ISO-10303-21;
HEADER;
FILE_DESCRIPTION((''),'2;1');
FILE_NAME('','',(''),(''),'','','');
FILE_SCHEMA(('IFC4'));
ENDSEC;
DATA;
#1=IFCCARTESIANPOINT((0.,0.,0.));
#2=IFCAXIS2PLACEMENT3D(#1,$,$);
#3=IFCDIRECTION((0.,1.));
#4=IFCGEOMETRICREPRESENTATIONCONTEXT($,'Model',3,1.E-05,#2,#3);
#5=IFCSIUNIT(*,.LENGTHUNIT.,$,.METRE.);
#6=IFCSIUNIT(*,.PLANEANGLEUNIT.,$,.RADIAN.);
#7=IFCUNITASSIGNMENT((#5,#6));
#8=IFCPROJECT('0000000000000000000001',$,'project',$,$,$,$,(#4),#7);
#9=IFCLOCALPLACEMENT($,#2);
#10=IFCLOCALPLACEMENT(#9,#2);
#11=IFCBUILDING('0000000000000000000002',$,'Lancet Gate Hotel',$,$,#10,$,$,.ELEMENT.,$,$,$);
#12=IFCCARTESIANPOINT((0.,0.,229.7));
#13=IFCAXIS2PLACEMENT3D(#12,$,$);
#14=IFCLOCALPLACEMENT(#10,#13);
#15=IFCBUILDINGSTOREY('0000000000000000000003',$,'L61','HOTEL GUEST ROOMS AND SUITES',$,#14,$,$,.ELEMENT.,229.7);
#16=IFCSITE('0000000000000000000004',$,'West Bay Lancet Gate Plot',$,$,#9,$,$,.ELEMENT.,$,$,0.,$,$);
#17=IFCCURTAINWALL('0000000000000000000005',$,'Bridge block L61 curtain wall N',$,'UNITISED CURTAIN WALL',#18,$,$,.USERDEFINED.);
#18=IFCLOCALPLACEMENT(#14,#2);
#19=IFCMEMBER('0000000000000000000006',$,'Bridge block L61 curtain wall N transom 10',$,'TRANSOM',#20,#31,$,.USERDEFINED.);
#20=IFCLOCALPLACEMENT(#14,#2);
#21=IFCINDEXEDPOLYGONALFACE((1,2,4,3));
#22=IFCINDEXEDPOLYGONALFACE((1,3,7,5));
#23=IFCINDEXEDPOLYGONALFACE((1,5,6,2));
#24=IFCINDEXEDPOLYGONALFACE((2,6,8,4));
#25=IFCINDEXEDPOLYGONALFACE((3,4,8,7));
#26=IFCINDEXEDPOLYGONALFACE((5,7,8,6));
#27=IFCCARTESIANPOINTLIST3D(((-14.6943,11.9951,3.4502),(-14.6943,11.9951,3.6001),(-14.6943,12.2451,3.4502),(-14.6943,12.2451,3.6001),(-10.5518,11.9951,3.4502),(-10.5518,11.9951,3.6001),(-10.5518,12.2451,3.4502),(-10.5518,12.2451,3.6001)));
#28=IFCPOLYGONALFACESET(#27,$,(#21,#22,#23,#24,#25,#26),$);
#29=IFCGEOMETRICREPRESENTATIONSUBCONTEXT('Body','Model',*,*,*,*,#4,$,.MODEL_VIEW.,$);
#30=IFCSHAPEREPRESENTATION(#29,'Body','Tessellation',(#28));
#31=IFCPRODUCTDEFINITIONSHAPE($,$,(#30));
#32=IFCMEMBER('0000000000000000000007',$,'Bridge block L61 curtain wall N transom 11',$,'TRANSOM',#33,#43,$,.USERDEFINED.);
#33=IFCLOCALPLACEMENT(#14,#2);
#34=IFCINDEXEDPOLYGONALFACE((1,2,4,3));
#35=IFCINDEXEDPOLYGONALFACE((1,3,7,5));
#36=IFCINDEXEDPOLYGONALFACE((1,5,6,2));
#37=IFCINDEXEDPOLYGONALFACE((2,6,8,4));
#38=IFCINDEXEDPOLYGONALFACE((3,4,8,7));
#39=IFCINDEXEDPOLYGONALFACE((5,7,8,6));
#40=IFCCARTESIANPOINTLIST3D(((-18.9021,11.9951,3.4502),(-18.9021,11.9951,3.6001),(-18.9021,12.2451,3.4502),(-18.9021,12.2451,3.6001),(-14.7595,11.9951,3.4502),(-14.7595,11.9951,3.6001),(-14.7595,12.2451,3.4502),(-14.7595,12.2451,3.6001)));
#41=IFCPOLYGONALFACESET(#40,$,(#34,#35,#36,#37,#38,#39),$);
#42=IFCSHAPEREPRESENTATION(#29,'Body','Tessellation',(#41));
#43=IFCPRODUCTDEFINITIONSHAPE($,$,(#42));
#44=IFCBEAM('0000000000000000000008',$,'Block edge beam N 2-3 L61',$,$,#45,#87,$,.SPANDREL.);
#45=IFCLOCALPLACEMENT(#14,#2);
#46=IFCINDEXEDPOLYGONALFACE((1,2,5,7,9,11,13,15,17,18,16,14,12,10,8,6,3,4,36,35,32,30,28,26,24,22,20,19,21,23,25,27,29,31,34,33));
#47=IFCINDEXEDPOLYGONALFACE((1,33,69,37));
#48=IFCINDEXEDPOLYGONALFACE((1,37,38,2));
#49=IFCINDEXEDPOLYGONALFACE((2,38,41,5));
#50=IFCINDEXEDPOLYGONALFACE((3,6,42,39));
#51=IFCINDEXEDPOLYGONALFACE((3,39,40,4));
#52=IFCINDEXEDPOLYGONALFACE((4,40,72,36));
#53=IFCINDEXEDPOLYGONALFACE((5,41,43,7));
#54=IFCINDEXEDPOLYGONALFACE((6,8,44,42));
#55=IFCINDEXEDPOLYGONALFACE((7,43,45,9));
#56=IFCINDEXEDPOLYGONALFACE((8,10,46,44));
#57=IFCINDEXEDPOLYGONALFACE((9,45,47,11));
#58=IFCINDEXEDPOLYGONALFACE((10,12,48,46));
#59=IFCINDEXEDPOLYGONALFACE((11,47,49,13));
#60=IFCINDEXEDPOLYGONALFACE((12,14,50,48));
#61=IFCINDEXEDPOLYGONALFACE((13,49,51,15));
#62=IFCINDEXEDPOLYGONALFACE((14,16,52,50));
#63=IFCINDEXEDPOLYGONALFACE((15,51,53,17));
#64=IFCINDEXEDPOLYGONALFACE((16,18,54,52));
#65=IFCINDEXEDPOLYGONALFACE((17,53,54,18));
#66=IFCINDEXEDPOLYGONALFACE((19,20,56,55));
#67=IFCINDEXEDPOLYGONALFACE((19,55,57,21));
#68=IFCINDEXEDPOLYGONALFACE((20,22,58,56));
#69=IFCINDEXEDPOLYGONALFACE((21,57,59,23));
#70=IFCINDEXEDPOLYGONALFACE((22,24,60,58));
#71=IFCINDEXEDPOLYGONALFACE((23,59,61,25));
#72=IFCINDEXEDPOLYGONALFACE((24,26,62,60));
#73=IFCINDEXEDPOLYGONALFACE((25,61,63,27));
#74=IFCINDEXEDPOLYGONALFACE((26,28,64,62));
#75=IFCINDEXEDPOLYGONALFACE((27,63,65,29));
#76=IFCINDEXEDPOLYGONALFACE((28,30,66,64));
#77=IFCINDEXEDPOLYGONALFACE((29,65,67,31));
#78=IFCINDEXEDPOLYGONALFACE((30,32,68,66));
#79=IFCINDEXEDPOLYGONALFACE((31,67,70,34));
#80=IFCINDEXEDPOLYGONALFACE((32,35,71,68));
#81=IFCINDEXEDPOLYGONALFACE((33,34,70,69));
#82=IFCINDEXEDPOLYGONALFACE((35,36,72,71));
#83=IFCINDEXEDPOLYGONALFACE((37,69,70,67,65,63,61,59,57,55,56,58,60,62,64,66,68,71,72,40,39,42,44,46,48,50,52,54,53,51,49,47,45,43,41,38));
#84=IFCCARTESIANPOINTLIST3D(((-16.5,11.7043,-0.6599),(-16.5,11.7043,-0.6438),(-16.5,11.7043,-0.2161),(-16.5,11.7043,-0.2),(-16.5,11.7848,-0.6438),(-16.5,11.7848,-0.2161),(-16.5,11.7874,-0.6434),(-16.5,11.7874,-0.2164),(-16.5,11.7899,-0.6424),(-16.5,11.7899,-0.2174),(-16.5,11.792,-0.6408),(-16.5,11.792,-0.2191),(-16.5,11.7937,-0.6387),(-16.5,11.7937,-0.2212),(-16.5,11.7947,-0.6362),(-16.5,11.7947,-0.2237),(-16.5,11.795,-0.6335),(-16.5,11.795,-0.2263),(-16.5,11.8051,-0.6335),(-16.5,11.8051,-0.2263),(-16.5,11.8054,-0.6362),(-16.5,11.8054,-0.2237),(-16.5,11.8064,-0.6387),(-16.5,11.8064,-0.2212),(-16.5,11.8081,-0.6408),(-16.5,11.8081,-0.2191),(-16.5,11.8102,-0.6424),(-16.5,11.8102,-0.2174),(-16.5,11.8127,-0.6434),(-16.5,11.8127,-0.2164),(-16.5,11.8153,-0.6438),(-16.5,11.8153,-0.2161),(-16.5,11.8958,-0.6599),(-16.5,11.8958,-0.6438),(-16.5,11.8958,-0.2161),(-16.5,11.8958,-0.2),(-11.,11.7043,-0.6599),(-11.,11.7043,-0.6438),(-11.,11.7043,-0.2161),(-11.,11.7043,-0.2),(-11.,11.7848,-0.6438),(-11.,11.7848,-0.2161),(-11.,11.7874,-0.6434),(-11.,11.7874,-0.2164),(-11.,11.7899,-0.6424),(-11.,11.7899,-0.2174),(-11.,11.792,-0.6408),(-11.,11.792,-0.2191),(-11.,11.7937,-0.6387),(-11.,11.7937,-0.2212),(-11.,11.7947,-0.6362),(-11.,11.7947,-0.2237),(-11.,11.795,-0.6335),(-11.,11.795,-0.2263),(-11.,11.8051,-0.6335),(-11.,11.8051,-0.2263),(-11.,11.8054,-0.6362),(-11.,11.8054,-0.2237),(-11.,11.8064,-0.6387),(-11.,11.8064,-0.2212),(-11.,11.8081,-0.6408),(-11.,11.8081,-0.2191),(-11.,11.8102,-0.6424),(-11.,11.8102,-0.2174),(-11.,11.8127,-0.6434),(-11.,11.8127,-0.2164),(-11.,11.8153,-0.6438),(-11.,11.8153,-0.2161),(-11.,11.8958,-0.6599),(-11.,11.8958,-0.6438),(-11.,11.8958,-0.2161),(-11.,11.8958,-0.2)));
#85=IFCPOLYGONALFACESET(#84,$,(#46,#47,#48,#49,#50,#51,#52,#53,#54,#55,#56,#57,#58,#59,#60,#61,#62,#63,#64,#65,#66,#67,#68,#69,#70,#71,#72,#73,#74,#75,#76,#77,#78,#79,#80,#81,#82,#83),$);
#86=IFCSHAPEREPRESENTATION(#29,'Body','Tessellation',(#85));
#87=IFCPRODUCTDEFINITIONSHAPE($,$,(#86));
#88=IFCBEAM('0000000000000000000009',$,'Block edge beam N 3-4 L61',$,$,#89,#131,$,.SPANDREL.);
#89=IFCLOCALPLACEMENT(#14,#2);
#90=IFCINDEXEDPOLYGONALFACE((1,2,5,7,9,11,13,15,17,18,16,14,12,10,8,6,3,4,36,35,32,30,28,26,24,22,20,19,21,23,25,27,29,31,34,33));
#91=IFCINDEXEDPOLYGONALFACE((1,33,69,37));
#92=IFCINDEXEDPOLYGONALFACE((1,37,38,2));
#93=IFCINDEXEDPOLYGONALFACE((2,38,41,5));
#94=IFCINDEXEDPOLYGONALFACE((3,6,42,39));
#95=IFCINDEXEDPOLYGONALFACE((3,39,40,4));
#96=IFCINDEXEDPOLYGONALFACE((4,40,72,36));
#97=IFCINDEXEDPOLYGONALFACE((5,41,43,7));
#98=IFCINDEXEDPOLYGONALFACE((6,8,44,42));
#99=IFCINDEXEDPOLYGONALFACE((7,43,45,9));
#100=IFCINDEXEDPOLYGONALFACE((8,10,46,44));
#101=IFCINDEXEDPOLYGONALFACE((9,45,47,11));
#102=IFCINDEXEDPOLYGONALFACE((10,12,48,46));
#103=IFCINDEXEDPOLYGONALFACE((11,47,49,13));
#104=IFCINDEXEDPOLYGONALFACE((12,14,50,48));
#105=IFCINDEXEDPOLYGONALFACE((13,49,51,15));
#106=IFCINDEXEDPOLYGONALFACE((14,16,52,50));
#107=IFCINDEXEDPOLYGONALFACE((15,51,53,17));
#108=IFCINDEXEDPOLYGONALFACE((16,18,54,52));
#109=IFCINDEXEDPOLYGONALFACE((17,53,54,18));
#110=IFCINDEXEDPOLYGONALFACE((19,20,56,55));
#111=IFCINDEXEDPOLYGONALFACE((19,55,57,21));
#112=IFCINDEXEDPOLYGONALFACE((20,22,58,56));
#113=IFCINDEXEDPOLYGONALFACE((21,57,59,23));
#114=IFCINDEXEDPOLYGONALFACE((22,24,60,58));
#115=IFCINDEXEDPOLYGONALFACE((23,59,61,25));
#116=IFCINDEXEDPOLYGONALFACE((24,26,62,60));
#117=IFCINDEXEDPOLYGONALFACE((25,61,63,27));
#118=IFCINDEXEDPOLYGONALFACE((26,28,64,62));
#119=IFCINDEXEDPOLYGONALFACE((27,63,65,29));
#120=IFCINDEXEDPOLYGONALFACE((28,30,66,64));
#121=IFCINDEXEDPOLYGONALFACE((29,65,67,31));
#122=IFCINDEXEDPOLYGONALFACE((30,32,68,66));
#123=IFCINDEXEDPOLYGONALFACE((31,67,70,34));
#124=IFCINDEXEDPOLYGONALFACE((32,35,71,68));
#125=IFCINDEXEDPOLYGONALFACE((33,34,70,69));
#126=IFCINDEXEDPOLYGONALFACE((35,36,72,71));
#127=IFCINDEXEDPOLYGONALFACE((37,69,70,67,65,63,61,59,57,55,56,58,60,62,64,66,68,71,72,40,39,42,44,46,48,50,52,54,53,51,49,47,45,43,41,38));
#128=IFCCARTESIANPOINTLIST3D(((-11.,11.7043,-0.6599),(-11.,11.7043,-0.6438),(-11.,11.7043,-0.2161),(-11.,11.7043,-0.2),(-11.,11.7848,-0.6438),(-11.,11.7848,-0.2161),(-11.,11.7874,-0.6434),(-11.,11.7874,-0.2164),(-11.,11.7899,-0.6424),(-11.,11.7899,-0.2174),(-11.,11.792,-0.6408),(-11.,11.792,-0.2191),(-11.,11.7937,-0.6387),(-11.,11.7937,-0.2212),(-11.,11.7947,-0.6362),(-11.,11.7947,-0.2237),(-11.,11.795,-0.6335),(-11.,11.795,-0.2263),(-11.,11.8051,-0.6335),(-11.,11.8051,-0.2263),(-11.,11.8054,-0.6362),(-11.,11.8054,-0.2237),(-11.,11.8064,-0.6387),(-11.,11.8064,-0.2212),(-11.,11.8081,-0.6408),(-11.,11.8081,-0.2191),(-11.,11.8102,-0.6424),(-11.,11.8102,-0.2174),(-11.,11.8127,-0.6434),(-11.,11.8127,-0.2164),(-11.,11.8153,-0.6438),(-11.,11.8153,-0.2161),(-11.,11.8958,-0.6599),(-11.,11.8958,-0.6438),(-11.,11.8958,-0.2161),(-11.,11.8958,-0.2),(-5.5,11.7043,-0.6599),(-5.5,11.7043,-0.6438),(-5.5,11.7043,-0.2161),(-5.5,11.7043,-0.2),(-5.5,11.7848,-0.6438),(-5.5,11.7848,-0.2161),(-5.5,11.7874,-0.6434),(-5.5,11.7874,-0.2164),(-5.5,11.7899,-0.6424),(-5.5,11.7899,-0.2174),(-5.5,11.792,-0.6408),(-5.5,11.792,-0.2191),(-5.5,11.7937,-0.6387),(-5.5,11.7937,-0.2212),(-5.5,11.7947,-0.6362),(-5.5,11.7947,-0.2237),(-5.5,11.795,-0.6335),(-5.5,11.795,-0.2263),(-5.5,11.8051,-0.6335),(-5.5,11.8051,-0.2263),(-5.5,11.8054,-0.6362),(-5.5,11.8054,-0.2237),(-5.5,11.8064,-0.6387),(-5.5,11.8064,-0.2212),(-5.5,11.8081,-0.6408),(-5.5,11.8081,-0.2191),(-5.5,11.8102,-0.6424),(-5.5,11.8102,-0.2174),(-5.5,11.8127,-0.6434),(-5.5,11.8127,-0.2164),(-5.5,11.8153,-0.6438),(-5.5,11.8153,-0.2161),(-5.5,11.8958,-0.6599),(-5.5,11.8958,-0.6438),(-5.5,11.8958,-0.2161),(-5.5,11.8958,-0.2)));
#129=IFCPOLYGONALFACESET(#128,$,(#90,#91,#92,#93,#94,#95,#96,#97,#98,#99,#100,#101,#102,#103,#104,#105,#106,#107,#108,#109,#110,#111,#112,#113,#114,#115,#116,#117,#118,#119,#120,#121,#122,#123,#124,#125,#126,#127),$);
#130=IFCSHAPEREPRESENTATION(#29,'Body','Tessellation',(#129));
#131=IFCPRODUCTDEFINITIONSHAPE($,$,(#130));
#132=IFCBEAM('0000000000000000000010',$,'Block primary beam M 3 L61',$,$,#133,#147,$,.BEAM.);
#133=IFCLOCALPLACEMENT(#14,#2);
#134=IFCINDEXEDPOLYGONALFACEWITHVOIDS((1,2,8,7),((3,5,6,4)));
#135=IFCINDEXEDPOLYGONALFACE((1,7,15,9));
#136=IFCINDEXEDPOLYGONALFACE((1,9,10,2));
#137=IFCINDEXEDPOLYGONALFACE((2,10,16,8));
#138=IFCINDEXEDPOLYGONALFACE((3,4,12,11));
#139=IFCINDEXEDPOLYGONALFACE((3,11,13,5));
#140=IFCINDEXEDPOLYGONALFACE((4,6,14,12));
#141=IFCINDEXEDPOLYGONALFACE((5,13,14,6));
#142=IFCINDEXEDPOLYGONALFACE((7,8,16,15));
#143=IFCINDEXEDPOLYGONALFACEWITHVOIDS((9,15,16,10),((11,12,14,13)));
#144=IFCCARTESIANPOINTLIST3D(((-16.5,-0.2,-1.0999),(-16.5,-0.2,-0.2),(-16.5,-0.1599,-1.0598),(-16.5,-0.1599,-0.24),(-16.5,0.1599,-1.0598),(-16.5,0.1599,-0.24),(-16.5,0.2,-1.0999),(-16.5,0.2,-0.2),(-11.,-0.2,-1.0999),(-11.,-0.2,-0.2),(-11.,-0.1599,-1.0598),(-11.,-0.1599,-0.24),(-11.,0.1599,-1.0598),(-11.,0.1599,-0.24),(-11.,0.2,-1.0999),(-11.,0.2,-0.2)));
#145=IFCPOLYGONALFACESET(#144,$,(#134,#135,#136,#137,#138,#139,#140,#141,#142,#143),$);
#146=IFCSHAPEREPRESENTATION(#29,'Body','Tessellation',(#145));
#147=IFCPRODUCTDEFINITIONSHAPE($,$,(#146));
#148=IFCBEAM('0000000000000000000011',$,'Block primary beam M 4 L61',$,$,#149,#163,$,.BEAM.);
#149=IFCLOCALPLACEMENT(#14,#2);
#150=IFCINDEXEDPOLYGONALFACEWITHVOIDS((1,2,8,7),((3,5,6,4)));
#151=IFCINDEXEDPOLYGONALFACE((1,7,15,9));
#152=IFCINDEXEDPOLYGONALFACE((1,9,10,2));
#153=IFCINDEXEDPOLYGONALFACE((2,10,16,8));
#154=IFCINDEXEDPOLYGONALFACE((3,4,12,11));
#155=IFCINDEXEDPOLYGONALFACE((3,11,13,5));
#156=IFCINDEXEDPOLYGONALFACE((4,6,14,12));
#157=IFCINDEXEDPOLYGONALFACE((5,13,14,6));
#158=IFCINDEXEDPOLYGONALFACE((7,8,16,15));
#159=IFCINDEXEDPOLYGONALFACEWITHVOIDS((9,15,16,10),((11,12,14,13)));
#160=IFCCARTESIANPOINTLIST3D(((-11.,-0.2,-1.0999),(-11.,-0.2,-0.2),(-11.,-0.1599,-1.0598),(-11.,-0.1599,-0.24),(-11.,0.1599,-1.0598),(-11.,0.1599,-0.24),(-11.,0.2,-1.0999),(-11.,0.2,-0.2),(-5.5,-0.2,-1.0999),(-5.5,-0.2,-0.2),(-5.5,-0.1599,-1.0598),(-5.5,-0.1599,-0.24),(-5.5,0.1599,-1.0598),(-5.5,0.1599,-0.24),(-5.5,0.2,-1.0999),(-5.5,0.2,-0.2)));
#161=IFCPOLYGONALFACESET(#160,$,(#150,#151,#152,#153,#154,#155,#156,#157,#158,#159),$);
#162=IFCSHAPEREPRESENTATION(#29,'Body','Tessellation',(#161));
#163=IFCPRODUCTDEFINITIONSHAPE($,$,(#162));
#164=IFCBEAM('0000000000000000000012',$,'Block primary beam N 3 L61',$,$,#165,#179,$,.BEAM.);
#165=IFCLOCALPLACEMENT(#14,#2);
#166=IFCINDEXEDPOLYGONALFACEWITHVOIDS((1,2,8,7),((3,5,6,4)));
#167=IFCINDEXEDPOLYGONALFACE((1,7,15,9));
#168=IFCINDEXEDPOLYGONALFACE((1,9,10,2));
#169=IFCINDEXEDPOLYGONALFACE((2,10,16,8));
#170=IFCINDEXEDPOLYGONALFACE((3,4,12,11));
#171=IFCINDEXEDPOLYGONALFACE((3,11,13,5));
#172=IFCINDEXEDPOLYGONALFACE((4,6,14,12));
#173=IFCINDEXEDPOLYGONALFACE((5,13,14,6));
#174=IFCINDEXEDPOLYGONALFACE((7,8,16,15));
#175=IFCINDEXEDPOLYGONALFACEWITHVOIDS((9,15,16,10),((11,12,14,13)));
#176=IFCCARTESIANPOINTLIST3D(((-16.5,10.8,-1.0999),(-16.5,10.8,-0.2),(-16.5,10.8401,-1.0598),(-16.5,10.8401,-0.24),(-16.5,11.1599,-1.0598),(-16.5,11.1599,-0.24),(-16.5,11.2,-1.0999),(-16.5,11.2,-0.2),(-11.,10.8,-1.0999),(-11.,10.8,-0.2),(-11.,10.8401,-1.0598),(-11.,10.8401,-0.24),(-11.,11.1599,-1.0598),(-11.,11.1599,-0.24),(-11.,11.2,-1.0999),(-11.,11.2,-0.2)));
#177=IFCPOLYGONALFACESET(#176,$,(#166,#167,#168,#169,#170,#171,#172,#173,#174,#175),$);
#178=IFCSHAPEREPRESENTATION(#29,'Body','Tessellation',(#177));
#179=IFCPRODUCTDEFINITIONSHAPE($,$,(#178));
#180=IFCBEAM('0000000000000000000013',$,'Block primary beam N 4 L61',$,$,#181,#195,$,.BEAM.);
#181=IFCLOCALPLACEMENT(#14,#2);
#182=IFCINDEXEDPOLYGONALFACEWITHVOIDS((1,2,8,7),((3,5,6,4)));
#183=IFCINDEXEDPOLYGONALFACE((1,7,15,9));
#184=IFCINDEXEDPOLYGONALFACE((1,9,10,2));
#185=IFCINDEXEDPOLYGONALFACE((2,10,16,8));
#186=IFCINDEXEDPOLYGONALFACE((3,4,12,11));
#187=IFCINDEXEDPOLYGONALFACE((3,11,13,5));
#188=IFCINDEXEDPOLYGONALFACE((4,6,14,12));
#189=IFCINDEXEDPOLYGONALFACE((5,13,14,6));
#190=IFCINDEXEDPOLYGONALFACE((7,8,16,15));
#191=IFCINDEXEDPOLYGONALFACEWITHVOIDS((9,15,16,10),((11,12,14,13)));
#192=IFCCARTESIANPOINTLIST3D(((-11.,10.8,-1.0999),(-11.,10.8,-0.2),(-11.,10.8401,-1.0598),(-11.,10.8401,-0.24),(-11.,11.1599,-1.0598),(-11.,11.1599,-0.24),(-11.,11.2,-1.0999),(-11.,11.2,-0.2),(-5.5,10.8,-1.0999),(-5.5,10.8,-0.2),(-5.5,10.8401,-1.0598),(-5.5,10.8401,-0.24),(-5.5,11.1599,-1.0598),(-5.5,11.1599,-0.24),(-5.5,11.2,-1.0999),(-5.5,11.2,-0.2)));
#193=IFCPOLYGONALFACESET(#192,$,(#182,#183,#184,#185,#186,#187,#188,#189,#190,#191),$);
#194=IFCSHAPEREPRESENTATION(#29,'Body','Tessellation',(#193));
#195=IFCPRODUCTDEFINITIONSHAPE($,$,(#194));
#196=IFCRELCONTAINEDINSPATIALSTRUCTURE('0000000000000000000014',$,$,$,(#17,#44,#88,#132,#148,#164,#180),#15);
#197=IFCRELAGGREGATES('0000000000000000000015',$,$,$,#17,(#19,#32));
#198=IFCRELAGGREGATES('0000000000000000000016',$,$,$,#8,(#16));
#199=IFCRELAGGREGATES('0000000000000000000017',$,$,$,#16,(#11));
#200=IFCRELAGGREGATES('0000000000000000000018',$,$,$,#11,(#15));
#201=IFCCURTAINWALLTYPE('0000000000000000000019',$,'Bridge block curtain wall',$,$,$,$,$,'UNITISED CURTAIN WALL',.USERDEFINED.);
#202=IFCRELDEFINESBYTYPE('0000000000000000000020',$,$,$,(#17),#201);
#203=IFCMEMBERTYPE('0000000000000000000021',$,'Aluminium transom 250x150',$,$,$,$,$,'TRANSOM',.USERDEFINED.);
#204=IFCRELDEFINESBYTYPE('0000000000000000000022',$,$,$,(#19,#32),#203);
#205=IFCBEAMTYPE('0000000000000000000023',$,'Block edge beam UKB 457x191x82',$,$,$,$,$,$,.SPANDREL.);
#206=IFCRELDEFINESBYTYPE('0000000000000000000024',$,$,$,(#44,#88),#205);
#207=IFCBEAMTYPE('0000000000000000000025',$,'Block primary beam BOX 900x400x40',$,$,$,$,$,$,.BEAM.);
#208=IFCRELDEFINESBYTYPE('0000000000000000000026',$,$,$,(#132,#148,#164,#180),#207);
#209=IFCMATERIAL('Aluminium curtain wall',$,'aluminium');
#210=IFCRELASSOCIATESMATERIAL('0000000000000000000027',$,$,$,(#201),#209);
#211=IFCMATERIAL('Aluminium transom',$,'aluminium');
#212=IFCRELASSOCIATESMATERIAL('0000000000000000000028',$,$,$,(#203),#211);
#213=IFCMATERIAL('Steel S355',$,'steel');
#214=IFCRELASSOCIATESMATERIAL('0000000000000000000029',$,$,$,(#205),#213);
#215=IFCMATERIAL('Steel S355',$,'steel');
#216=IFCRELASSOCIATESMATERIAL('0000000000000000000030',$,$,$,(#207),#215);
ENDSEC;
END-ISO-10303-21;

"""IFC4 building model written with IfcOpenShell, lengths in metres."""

from ifc_helpers import new_model, si_unit, direction, frame, origin, origin_2d, place, context, subcontext, project, spatial, rectangle, hollow_rectangle, i_section, extrude, material, material_profile, profile_set, type_object, element, aggregate, save


model = new_model("IFC4")

# Units and contexts
model_context = context("Model", 3, precision=1e-05, world=origin(), true_north=direction((0.0, 1.0)))
body_context = subcontext(model_context, "Body", "Model", "MODEL_VIEW")
ifc_project = project(units=[si_unit("LENGTHUNIT", "METRE"), si_unit("PLANEANGLEUNIT", "RADIAN")], contexts=[model_context])

# Site, building, storey
site_placement = place(None, origin())
site = spatial("IfcSite", under=ifc_project, at=site_placement, Name="West Bay Lancet Gate Plot", CompositionType="ELEMENT", RefElevation=0.0)
building_placement = place(site_placement, origin())
building = spatial("IfcBuilding", under=site, at=building_placement, Name="Lancet Gate Hotel", CompositionType="ELEMENT")
storey_placement = place(building_placement, frame((0.0, 0.0, 229.7)))
storey = spatial("IfcBuildingStorey", under=building, at=storey_placement, Name="L61", Description="HOTEL GUEST ROOMS AND SUITES", CompositionType="ELEMENT", Elevation=229.7)

# Curtain wall, members
ifc_material_1 = material(Name="Aluminium curtain wall", Category="aluminium")
curtain_wall_type = type_object("IfcCurtainWallType", Name="Bridge block curtain wall", ElementType="UNITISED CURTAIN WALL", PredefinedType="USERDEFINED", material=ifc_material_1)
curtain_wall_placement = place(storey_placement, origin())
curtain_wall = element("IfcCurtainWall", 1, at=curtain_wall_placement, inside=storey, type_object=curtain_wall_type, Name="Bridge block L61 curtain wall N", ObjectType="UNITISED CURTAIN WALL", PredefinedType="USERDEFINED")
ifc_material_2 = material(Name="Aluminium transom", Category="aluminium")
ifc_material_profile_1 = material_profile(ifc_material_2, rectangle(XDim=0.25, YDim=0.1499, at=origin_2d()), Name="TRANSOM 250x150")
ifc_profile_set_1 = profile_set([ifc_material_profile_1], Name="Aluminium transom")
member_type_1 = type_object("IfcMemberType", Name="Aluminium transom 250x150", ElementType="TRANSOM", PredefinedType="USERDEFINED", material=ifc_profile_set_1)
member_1_placement = place(storey_placement, frame((-10.5518, 12.1201, 3.5251), z_axis=(-1.0, 0.0, 0.0), x_axis=(0.0, -1.0, 0.0)))
member_1 = element("IfcMember", 2, at=member_1_placement, type_object=member_type_1, Name="Bridge block L61 curtain wall N transom 10", ObjectType="TRANSOM", PredefinedType="USERDEFINED", context=body_context, shape_type="SweptSolid", body=[
    extrude(rectangle(XDim=0.25, YDim=0.1499, at=origin_2d()), origin(), (0.0, 0.0, 1.0), 4.1426),
])
member_2_placement = place(storey_placement, frame((-14.7595, 12.1201, 3.5251), z_axis=(-1.0, 0.0, 0.0), x_axis=(0.0, -1.0, 0.0)))
member_2 = element("IfcMember", 3, at=member_2_placement, type_object=member_type_1, Name="Bridge block L61 curtain wall N transom 11", ObjectType="TRANSOM", PredefinedType="USERDEFINED", context=body_context, shape_type="SweptSolid", body=[
    extrude(rectangle(XDim=0.25, YDim=0.1499, at=origin_2d()), origin(), (0.0, 0.0, 1.0), 4.1426),
])

# Beams
ifc_material_3 = material(Name="Steel S355", Category="steel")
ifc_material_profile_2 = material_profile(ifc_material_3, i_section(OverallWidth=0.1914, OverallDepth=0.46, WebThickness=0.01, FlangeThickness=0.0161, FilletRadius=0.0103, at=origin_2d()), Name="UKB 457x191x82")
ifc_profile_set_2 = profile_set([ifc_material_profile_2], Name="Steel S355")
beam_type_1 = type_object("IfcBeamType", Name="Block edge beam UKB 457x191x82", PredefinedType="SPANDREL", material=ifc_profile_set_2)
for number, where, z_axis, x_axis, name in (
    (4, (-16.5, 11.8, -0.4299), (1.0, 0.0, 0.0), (0.0, 1.0, 0.0), "Block edge beam N 2-3 L61"),
    (5, (-11.0, 11.8, -0.4299), (1.0, 0.0, 0.0), (0.0, 1.0, 0.0), "Block edge beam N 3-4 L61"),
):
    element("IfcBeam", number, at=place(storey_placement, frame(where, z_axis=z_axis, x_axis=x_axis)), inside=storey, type_object=beam_type_1, Name=name, PredefinedType="SPANDREL", context=body_context, shape_type="SweptSolid", body=[
        extrude(i_section(OverallWidth=0.1914, OverallDepth=0.46, WebThickness=0.01, FlangeThickness=0.0161, FilletRadius=0.0103, at=origin_2d()), origin(), (0.0, 0.0, 1.0), 5.5),
    ])
ifc_material_4 = material(Name="Steel S355", Category="steel")
ifc_material_profile_3 = material_profile(ifc_material_4, hollow_rectangle(XDim=0.3999, YDim=0.8999, WallThickness=0.04, at=origin_2d()), Name="BOX 900x400x40")
ifc_profile_set_3 = profile_set([ifc_material_profile_3], Name="Steel S355")
beam_type_2 = type_object("IfcBeamType", Name="Block primary beam BOX 900x400x40", PredefinedType="BEAM", material=ifc_profile_set_3)
for number, where, z_axis, x_axis, name in (
    (6, (-16.5, 0.0, -0.6499), (1.0, 0.0, 0.0), (0.0, 1.0, 0.0), "Block primary beam M 3 L61"),
    (7, (-11.0, 0.0, -0.6499), (1.0, 0.0, 0.0), (0.0, 1.0, 0.0), "Block primary beam M 4 L61"),
    (8, (-16.5, 11.0, -0.6499), (1.0, 0.0, 0.0), (0.0, 1.0, 0.0), "Block primary beam N 3 L61"),
    (9, (-11.0, 11.0, -0.6499), (1.0, 0.0, 0.0), (0.0, 1.0, 0.0), "Block primary beam N 4 L61"),
):
    element("IfcBeam", number, at=place(storey_placement, frame(where, z_axis=z_axis, x_axis=x_axis)), inside=storey, type_object=beam_type_2, Name=name, PredefinedType="BEAM", context=body_context, shape_type="SweptSolid", body=[
        extrude(hollow_rectangle(XDim=0.3999, YDim=0.8999, WallThickness=0.04, at=origin_2d()), origin(), (0.0, 0.0, 1.0), 5.5),
    ])

aggregate(curtain_wall, [member_1, member_2])

save(model, "model.ifc")
